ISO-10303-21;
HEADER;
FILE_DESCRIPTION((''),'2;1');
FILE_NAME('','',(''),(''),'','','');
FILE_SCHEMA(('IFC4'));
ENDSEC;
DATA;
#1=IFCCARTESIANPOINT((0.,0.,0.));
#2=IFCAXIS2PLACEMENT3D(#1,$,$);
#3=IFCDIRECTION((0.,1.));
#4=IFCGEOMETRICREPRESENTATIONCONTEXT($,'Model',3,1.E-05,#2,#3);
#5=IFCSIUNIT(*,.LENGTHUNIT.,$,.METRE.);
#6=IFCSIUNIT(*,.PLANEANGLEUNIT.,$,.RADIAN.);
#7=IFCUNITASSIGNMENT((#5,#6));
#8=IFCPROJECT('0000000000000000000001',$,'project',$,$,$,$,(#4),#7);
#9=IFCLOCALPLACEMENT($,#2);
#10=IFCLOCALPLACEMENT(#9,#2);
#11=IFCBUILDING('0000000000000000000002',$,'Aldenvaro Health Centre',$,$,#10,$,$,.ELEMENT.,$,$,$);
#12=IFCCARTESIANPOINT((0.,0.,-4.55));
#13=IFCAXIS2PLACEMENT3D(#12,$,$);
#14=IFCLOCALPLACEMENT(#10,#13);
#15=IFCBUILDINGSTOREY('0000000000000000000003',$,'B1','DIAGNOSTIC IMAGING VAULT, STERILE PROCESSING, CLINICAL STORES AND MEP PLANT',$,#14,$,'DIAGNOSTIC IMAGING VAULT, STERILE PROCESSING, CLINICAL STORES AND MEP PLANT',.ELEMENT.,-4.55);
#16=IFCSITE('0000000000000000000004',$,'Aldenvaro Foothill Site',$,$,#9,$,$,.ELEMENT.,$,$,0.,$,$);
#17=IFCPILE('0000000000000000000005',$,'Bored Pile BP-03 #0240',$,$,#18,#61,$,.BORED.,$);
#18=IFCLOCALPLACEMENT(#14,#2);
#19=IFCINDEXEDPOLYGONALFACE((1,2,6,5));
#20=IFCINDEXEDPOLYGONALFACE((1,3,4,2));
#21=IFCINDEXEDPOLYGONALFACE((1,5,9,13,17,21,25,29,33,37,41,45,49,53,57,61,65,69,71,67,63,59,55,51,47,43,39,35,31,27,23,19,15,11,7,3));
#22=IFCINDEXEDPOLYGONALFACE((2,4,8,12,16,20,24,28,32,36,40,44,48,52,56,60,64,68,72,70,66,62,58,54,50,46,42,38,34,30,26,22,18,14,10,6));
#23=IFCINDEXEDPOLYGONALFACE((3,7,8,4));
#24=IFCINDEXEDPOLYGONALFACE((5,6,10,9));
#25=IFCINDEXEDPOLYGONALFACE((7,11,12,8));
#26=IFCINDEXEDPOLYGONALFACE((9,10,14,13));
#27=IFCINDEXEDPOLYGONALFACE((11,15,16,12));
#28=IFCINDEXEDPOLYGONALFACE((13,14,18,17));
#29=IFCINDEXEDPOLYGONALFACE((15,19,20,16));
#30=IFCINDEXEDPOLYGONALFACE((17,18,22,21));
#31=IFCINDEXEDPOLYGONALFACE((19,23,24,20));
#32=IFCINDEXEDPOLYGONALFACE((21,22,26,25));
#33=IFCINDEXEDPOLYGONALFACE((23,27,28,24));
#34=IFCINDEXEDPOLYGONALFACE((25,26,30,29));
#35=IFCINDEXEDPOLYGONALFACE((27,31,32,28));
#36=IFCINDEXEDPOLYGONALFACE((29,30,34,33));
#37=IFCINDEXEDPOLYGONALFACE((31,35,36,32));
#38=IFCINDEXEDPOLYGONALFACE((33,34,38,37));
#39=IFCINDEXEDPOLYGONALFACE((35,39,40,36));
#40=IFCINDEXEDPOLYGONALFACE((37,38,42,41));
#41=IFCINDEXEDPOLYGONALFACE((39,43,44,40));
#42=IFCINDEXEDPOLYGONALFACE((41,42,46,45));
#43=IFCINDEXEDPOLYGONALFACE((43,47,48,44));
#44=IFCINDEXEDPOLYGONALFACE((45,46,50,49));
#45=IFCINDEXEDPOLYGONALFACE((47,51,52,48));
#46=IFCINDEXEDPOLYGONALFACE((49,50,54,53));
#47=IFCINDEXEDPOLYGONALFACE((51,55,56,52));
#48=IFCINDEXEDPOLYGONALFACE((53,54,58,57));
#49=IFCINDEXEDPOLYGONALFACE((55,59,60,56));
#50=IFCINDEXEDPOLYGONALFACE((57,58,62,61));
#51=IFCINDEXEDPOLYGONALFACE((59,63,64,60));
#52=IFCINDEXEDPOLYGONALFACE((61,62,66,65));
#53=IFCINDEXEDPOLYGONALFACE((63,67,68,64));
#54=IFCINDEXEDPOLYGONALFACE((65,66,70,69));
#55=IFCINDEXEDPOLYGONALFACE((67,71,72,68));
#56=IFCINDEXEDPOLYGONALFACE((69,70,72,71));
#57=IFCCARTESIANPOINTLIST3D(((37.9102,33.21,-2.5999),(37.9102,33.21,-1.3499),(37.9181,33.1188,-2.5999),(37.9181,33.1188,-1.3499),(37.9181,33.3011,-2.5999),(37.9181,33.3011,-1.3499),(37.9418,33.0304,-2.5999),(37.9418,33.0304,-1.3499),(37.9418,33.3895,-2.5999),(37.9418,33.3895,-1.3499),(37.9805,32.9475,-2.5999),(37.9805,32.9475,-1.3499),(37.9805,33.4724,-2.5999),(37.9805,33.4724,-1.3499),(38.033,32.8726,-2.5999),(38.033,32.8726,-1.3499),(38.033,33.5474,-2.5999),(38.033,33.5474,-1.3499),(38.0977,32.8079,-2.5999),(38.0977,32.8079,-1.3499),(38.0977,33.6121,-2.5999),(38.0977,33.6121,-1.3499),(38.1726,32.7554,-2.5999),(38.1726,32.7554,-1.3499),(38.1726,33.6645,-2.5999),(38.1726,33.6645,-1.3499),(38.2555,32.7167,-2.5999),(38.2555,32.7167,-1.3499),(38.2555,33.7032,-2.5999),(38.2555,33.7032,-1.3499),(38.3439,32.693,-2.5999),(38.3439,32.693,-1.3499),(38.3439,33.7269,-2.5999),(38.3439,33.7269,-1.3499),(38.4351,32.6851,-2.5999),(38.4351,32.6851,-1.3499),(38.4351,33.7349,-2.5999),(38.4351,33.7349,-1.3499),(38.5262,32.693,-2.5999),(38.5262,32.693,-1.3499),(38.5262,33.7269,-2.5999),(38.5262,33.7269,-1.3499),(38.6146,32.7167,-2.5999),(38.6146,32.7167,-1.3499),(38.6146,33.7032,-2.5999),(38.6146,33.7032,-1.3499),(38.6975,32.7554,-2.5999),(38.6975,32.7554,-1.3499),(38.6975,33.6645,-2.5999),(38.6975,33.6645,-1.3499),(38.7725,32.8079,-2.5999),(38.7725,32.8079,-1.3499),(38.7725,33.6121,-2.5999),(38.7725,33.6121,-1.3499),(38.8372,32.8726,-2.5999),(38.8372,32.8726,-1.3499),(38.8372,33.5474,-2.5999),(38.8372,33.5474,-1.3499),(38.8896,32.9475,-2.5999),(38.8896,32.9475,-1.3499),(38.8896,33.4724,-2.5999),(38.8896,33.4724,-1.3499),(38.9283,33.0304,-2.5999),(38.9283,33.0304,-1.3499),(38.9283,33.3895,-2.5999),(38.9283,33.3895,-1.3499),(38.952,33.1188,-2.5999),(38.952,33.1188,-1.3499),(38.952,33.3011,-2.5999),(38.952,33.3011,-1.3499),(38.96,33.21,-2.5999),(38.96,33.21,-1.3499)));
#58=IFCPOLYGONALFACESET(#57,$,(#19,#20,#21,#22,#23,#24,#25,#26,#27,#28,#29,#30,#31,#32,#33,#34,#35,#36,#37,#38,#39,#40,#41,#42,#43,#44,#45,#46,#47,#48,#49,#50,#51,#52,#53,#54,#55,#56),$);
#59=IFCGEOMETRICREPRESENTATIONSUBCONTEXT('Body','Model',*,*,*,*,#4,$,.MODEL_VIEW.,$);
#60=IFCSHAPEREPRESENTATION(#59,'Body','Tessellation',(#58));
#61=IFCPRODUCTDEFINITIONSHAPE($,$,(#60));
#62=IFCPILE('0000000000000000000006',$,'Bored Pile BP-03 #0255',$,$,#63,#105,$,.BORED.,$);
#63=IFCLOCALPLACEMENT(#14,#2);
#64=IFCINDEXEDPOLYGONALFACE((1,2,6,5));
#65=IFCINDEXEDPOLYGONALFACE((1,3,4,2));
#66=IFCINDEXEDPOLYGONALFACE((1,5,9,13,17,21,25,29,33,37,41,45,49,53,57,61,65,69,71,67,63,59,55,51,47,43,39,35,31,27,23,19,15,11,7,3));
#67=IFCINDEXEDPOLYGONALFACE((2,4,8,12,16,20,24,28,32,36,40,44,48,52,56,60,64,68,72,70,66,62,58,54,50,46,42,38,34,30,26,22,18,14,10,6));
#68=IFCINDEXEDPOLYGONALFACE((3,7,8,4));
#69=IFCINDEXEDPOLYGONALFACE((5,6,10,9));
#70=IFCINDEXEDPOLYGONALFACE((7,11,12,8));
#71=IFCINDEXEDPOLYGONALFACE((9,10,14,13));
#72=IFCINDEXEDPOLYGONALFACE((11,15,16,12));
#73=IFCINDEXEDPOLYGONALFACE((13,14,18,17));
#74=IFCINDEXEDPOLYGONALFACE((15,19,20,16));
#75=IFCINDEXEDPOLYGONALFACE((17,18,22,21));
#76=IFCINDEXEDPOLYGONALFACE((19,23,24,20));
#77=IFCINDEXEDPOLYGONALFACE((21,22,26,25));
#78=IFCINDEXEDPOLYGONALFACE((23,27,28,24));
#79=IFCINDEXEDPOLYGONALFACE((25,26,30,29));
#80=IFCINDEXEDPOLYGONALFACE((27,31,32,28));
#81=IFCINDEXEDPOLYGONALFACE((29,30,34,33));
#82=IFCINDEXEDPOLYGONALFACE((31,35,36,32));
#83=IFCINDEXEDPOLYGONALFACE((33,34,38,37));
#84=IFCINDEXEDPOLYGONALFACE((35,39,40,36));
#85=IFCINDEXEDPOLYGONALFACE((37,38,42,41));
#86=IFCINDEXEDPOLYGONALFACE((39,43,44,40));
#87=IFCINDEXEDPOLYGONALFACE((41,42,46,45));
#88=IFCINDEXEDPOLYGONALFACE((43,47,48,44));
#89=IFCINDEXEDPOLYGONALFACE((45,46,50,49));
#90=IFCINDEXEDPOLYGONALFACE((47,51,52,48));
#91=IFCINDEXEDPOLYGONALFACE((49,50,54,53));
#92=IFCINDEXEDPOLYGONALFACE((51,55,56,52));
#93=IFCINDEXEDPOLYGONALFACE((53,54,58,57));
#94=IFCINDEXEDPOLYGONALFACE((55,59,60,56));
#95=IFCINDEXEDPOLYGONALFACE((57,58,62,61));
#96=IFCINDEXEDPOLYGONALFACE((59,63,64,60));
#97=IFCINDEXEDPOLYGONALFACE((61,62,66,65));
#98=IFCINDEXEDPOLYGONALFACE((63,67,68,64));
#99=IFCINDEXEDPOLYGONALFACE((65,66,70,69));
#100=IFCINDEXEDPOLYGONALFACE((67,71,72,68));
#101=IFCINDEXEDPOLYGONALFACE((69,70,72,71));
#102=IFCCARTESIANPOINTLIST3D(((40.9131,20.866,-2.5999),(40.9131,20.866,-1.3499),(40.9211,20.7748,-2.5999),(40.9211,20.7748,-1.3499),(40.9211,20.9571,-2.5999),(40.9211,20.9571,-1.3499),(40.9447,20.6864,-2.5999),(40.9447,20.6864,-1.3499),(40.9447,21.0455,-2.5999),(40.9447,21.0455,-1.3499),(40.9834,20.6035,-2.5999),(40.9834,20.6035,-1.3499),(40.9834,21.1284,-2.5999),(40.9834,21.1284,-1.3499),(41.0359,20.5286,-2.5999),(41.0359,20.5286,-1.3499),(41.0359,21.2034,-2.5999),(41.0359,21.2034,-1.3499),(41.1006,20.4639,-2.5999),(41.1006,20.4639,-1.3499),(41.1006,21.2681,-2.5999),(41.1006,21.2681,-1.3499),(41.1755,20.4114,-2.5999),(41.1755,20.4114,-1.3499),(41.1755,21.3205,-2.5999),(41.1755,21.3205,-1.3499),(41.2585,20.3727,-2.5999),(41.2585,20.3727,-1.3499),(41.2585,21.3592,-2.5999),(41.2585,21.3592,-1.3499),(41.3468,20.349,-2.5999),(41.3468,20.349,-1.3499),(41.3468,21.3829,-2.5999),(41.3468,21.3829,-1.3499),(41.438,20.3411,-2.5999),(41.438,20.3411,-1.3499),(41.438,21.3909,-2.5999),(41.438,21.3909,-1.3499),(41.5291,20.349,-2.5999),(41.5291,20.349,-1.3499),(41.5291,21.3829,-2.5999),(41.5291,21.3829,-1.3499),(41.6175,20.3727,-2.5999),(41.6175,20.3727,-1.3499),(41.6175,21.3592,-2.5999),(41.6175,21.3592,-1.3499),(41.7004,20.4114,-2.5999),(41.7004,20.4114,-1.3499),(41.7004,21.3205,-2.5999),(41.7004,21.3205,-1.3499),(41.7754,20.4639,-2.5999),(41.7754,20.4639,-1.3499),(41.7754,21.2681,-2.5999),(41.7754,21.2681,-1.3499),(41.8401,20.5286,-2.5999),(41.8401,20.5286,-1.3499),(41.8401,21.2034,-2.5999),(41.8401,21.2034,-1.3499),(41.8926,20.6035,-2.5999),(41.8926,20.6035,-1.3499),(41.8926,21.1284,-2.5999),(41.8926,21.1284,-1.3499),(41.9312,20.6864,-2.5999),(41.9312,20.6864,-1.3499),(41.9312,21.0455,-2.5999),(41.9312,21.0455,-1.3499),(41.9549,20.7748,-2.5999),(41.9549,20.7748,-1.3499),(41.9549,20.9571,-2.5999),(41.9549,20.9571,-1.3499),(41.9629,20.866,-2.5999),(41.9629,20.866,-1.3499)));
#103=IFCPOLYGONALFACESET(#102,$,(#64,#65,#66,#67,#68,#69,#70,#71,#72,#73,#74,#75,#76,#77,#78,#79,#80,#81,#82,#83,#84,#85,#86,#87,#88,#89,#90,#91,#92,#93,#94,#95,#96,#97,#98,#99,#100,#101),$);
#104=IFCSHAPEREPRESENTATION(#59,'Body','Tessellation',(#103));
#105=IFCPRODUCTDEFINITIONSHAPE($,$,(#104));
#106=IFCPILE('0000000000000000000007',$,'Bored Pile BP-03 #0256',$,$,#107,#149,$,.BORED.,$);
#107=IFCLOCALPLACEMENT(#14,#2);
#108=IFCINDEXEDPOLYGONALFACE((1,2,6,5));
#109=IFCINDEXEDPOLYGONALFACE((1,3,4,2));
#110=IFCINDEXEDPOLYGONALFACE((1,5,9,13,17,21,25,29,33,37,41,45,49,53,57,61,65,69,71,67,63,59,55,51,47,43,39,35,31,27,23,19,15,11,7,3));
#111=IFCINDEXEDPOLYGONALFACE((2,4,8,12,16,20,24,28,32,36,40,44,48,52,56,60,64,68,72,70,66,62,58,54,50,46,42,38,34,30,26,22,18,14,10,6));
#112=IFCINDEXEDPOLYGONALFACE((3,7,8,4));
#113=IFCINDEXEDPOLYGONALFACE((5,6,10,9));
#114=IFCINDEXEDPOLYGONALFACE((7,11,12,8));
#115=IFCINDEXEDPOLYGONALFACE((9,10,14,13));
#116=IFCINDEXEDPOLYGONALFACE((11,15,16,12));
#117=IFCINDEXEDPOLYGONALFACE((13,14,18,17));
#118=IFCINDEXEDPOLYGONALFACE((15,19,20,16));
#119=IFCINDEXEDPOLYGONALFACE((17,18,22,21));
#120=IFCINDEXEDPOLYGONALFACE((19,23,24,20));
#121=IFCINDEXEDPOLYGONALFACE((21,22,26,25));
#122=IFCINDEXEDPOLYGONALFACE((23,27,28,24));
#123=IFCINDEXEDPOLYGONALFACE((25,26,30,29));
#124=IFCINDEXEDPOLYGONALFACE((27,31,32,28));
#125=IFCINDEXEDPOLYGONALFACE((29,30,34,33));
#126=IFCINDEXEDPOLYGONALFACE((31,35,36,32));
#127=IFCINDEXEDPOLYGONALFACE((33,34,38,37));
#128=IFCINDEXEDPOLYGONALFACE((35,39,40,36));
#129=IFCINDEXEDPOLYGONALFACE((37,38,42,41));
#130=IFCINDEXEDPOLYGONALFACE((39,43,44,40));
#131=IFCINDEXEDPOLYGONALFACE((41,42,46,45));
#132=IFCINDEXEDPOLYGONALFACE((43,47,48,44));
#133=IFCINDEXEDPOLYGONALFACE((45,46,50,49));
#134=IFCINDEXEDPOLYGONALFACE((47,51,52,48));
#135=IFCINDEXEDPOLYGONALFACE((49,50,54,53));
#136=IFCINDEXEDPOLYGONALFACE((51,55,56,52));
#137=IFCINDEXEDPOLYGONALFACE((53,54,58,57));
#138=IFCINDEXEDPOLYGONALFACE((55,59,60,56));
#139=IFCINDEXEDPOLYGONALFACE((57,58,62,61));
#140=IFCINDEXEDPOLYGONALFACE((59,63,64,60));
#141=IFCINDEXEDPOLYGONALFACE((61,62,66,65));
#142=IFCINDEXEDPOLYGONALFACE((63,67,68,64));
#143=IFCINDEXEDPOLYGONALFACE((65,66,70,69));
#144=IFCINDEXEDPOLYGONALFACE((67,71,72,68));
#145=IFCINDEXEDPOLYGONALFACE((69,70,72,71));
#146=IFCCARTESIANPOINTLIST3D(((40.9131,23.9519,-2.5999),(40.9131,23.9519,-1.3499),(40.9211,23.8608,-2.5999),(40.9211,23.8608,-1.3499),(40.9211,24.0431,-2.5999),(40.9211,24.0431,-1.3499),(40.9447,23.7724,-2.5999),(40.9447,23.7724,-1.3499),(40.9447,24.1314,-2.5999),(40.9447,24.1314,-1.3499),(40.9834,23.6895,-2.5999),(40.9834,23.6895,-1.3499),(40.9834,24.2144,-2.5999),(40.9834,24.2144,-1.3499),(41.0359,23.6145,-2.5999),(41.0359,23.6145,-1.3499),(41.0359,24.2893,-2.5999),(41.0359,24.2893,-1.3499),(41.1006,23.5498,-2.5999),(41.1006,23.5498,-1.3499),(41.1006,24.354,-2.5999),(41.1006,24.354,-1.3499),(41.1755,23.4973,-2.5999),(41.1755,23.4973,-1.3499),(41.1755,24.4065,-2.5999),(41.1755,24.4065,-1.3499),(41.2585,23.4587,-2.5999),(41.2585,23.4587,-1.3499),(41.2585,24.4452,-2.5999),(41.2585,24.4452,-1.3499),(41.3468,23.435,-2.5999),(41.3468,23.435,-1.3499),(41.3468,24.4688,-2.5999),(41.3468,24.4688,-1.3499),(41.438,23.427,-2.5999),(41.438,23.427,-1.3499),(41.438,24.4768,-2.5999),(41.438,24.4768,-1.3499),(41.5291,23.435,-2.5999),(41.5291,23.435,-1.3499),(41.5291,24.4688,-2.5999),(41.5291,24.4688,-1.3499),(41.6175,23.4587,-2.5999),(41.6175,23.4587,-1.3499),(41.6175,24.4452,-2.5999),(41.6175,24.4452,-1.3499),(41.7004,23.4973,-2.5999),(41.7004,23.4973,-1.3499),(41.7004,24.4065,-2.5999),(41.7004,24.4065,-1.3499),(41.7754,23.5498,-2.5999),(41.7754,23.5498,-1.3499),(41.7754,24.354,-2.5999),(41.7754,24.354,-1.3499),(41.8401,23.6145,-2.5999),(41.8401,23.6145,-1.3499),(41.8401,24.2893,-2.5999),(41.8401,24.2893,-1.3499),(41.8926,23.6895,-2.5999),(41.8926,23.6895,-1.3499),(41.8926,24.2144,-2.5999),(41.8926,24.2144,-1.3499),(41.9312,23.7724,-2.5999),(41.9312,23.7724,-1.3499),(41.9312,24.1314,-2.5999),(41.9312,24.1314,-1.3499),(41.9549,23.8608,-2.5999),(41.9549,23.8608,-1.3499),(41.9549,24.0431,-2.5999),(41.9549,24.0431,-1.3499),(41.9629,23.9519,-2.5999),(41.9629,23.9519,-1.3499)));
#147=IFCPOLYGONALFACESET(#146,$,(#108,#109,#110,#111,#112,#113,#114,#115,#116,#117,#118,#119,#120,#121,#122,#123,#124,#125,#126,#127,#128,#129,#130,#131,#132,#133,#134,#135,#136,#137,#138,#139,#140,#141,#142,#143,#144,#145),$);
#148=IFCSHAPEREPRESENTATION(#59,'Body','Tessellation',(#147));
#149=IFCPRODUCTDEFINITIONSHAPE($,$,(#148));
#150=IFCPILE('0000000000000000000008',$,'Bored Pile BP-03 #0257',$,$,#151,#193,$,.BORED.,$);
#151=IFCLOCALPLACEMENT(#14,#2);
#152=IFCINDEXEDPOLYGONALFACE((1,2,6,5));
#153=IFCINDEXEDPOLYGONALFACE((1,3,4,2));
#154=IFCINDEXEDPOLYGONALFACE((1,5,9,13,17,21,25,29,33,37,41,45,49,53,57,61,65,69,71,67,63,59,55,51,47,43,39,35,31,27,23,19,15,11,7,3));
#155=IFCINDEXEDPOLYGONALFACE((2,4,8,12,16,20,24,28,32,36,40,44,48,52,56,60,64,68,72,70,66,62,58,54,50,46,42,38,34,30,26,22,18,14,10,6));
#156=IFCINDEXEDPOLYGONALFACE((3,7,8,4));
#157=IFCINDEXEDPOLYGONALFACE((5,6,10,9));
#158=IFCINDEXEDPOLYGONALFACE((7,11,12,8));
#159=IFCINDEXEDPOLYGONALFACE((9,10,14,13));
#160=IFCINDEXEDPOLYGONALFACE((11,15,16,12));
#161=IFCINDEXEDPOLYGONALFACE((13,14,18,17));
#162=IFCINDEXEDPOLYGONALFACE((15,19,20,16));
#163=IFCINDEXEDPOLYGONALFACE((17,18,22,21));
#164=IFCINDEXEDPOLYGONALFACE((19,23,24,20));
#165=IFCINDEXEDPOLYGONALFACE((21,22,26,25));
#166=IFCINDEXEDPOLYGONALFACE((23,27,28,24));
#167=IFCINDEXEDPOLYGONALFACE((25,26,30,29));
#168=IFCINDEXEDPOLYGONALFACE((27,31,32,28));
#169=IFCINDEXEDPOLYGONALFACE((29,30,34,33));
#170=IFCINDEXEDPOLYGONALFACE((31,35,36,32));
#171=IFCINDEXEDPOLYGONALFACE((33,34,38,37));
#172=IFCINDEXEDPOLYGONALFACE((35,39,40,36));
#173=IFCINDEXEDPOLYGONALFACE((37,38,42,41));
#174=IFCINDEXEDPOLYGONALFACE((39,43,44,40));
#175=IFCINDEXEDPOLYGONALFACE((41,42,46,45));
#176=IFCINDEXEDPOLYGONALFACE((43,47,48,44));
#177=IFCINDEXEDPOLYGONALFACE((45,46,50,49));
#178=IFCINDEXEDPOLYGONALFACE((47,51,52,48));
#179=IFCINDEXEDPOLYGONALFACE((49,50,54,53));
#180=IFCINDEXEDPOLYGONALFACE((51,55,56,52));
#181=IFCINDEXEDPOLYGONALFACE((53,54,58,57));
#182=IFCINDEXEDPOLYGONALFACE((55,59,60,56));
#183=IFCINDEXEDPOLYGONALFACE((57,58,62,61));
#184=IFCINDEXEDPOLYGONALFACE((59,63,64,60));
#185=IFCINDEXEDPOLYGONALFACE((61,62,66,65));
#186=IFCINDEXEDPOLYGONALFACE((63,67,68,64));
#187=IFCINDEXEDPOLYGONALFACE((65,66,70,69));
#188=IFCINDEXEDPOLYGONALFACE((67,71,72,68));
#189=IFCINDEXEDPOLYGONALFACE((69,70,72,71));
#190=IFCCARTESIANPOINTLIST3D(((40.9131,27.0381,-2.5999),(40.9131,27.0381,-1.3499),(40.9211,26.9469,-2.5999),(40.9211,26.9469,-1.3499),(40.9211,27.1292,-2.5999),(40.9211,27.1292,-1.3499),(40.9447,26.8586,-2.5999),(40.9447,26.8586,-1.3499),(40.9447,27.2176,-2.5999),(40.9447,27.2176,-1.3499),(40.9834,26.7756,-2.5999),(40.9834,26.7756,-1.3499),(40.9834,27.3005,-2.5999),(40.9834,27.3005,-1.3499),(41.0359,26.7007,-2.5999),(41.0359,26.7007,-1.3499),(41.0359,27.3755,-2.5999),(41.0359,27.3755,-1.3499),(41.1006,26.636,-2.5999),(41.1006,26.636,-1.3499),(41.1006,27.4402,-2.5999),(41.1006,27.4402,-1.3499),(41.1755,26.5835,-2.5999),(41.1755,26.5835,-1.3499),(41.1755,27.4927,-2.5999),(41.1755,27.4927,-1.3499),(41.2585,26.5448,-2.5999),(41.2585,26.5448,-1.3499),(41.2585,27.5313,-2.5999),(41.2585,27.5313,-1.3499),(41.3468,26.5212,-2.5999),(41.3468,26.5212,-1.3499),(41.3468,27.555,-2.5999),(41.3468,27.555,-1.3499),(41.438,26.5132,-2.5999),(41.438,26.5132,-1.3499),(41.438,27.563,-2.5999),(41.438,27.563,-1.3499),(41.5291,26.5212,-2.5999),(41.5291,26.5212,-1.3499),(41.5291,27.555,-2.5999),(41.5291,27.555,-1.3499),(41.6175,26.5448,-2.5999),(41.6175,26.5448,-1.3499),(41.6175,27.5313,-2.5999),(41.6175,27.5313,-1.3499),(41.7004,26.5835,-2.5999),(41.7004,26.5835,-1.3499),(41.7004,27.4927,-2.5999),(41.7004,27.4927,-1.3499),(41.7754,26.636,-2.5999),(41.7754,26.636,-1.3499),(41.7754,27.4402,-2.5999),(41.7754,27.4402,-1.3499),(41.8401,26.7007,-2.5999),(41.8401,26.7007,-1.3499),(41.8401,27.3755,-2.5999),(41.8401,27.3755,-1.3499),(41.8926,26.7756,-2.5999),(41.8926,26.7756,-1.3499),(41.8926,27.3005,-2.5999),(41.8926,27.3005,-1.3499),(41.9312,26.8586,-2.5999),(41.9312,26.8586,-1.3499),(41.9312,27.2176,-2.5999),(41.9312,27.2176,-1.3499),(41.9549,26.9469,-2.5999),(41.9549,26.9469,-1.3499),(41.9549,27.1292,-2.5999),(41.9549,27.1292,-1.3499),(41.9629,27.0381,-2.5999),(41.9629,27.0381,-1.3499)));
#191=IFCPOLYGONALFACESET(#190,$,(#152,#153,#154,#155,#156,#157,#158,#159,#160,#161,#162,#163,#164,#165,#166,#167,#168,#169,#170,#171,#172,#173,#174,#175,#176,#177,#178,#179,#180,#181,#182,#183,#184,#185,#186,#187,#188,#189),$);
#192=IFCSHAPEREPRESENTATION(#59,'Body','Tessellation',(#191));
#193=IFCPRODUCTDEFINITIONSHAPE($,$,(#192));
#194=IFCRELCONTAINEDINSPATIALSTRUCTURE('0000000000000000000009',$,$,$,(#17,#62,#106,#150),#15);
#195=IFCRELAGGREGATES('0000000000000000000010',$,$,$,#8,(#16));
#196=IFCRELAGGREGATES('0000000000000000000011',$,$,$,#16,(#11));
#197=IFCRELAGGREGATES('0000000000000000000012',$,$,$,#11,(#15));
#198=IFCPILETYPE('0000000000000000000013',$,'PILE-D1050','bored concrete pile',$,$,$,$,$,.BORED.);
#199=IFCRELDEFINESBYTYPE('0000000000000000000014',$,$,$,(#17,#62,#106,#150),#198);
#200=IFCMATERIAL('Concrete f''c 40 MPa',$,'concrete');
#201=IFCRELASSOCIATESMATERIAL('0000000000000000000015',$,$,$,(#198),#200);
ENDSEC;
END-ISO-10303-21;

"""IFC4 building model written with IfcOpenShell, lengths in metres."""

from ifc_helpers import new_model, si_unit, direction, frame, origin, origin_2d, place, context, subcontext, project, spatial, circle, extrude, material, material_profile, profile_set, type_object, element, save


model = new_model("IFC4")

# Units and contexts
model_context = context("Model", 3, precision=1e-05, world=origin(), true_north=direction((0.0, 1.0)))
body_context = subcontext(model_context, "Body", "Model", "MODEL_VIEW")
ifc_project = project(units=[si_unit("LENGTHUNIT", "METRE"), si_unit("PLANEANGLEUNIT", "RADIAN")], contexts=[model_context])

# Site, building, storey
site_placement = place(None, origin())
site = spatial("IfcSite", under=ifc_project, at=site_placement, Name="Aldenvaro Foothill Site", CompositionType="ELEMENT", RefElevation=0.0)
building_placement = place(site_placement, origin())
building = spatial("IfcBuilding", under=site, at=building_placement, Name="Aldenvaro Health Centre", CompositionType="ELEMENT")
storey_placement = place(building_placement, frame((0.0, 0.0, -4.55)))
storey = spatial("IfcBuildingStorey", under=building, at=storey_placement, Name="B1", Description="DIAGNOSTIC IMAGING VAULT, STERILE PROCESSING, CLINICAL STORES AND MEP PLANT", LongName="DIAGNOSTIC IMAGING VAULT, STERILE PROCESSING, CLINICAL STORES AND MEP PLANT", CompositionType="ELEMENT", Elevation=-4.55)

# Piles
ifc_material_1 = material(Name="Concrete f'c 40 MPa", Category="concrete")
ifc_material_profile = material_profile(ifc_material_1, circle(Radius=0.5249, at=origin_2d()), Name="PILE D1050", Category="concrete")
ifc_profile_set = profile_set([ifc_material_profile], Name="Concrete f'c 40 MPa")
pile_type = type_object("IfcPileType", Name="PILE-D1050", Description="bored concrete pile", PredefinedType="BORED", material=ifc_profile_set)
for number, where, z_axis, x_axis, name in (
    (1, (38.4351, 33.21, -1.3499), (0.0, 0.0, -1.0), (1.0, 0.0, 0.0), "Bored Pile BP-03 #0240"),
    (2, (41.438, 20.866, -1.3499), (0.0, 0.0, -1.0), (1.0, 0.0, 0.0), "Bored Pile BP-03 #0255"),
    (3, (41.438, 23.9519, -1.3499), (0.0, 0.0, -1.0), (1.0, 0.0, 0.0), "Bored Pile BP-03 #0256"),
    (4, (41.438, 27.0381, -1.3499), (0.0, 0.0, -1.0), (1.0, 0.0, 0.0), "Bored Pile BP-03 #0257"),
):
    element("IfcPile", number, at=place(storey_placement, frame(where, z_axis=z_axis, x_axis=x_axis)), inside=storey, type_object=pile_type, Name=name, PredefinedType="BORED", context=body_context, shape_type="SweptSolid", body=[
        extrude(circle(Radius=0.5249, at=origin_2d()), origin(), (0.0, 0.0, 1.0), 1.25),
    ])

save(model, "model.ifc")
